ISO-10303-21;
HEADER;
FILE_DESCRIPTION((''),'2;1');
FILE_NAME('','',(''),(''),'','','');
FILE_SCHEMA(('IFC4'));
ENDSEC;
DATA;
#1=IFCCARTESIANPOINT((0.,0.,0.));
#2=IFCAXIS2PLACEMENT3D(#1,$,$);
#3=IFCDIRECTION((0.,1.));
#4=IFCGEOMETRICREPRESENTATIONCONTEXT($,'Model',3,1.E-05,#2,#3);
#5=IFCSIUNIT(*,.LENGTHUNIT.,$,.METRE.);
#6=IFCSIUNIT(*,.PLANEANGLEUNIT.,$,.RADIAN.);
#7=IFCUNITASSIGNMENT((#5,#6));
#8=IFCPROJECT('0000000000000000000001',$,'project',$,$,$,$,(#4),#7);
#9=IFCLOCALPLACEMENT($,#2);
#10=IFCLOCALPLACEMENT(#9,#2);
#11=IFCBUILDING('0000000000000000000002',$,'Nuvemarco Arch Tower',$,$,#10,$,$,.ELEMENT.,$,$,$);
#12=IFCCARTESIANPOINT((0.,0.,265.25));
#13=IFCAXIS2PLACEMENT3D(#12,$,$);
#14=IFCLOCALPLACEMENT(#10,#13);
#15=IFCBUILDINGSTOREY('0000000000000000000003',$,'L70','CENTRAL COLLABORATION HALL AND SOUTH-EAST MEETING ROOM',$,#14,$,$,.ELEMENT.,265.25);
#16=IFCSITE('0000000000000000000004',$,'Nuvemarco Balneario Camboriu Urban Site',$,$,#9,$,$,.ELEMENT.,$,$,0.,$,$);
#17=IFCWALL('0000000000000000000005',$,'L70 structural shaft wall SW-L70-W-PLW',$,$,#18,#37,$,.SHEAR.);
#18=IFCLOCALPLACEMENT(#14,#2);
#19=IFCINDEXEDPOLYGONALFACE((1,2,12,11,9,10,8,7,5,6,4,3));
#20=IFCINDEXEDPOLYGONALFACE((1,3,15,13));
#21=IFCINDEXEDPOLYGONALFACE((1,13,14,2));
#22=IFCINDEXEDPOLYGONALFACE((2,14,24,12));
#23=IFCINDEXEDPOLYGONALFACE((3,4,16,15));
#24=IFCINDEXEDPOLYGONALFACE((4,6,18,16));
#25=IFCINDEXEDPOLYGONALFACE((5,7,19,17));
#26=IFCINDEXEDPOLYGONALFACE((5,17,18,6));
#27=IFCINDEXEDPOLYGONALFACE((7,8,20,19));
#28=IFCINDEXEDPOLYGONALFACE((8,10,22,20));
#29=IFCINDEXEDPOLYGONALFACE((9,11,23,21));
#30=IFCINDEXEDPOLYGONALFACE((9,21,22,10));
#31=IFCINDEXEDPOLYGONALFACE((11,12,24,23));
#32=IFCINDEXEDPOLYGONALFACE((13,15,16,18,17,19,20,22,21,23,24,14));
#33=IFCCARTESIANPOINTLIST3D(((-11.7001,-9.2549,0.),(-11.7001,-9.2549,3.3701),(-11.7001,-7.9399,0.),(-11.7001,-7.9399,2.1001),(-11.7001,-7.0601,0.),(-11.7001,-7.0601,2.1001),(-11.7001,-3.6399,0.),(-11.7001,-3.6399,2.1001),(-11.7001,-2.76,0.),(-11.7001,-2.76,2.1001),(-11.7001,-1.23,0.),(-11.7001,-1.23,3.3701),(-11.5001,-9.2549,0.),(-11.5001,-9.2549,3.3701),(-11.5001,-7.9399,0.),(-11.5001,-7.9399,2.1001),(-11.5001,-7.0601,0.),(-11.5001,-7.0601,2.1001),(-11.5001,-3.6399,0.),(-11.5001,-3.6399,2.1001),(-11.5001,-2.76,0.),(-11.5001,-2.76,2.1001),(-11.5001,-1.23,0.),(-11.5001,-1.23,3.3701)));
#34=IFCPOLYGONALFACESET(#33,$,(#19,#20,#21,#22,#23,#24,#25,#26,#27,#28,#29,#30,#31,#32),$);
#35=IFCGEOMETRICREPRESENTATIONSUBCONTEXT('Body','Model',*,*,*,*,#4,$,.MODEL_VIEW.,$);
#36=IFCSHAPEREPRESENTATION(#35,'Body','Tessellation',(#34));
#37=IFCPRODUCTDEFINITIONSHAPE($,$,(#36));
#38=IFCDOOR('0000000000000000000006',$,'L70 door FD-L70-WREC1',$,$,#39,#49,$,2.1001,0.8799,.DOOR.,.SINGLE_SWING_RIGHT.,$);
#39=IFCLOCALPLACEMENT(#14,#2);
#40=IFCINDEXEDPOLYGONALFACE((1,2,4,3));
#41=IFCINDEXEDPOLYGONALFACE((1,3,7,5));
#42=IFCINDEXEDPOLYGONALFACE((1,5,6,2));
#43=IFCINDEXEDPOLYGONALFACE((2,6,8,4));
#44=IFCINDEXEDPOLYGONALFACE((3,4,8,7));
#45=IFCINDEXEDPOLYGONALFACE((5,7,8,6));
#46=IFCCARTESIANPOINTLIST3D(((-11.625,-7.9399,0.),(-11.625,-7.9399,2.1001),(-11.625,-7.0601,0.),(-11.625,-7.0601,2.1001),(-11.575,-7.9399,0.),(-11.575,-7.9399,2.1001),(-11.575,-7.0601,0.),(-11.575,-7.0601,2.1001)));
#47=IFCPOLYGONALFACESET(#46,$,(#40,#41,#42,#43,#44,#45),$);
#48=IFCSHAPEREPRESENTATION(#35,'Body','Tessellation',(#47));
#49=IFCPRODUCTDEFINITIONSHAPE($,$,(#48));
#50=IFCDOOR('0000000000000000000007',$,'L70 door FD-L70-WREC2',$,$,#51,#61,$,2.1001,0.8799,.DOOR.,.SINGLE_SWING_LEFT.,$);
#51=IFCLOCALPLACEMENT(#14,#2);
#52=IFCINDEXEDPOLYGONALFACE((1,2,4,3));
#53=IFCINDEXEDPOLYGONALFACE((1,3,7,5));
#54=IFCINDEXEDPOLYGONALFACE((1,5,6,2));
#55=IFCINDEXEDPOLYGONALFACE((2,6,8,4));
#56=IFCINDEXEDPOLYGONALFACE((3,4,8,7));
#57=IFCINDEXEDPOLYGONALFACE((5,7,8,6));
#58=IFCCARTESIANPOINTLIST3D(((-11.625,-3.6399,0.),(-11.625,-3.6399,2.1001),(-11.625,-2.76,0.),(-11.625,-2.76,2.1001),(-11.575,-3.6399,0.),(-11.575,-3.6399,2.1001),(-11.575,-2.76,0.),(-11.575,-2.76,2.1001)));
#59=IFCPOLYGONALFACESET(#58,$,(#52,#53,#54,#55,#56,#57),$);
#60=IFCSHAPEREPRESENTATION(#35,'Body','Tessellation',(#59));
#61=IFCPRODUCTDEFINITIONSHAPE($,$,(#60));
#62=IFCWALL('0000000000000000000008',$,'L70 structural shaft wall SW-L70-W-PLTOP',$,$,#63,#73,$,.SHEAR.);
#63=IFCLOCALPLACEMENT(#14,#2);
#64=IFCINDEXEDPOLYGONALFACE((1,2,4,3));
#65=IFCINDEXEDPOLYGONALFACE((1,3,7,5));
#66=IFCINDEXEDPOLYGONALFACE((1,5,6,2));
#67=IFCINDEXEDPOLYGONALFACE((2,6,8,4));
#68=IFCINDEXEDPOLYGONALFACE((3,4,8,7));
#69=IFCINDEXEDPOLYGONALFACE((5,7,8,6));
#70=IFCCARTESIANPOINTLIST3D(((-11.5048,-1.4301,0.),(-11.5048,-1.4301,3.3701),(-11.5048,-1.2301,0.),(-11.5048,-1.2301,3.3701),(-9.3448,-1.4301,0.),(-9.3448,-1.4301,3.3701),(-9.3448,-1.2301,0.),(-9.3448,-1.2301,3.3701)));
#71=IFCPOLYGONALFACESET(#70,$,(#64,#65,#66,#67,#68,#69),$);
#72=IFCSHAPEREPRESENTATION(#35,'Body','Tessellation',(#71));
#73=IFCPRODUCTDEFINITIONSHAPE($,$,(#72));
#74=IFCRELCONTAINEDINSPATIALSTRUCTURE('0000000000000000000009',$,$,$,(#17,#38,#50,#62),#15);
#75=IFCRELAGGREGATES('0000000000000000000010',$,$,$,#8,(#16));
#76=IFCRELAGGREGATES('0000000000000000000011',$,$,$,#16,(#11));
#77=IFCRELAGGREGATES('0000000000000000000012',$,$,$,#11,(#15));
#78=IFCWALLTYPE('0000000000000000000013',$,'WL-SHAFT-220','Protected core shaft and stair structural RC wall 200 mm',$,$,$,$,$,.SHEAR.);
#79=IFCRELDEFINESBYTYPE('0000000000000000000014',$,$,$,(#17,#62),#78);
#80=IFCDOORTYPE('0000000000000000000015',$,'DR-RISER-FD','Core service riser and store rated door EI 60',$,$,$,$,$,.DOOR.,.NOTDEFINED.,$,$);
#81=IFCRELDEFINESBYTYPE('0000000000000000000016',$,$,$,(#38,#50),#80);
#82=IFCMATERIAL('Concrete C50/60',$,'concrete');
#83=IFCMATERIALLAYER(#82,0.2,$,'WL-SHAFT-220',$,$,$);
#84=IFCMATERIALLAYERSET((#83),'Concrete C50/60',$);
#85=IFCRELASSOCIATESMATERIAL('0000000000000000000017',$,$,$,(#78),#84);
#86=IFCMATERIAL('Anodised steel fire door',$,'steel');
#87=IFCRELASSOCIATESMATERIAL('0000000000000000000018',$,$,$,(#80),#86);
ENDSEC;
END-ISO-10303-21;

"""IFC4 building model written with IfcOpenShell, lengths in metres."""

from ifc_helpers import new_model, si_unit, direction, frame, frame_2d, origin, place, context, subcontext, project, spatial, rectangle, extrude, source, transform, mapped, material, layer, layer_set, type_object, type_shapes, element, fill, save


model = new_model("IFC4")

# Units and contexts
model_context = context("Model", 3, precision=1e-05, world=origin(), true_north=direction((0.0, 1.0)))
body_context = subcontext(model_context, "Body", "Model", "MODEL_VIEW")
ifc_project = project(units=[si_unit("LENGTHUNIT", "METRE"), si_unit("PLANEANGLEUNIT", "RADIAN")], contexts=[model_context])

# Site, building, storey
site_placement = place(None, origin())
site = spatial("IfcSite", under=ifc_project, at=site_placement, Name="Nuvemarco Balneario Camboriu Urban Site", CompositionType="ELEMENT", RefElevation=0.0)
building_placement = place(site_placement, origin())
building = spatial("IfcBuilding", under=site, at=building_placement, Name="Nuvemarco Arch Tower", CompositionType="ELEMENT")
storey_placement = place(building_placement, frame((0.0, 0.0, 265.25)))
storey = spatial("IfcBuildingStorey", under=building, at=storey_placement, Name="L70", Description="CENTRAL COLLABORATION HALL AND SOUTH-EAST MEETING ROOM", CompositionType="ELEMENT", Elevation=265.25)

# Shared definitions
ifc_material_1 = material(Name="Concrete C50/60", Category="concrete")

# Shared definitions
ifc_material_2 = material(Name="Anodised steel fire door", Category="steel")

# Shared definitions
ifc_layer_1 = layer(ifc_material_1, 0.2, Name="WL-SHAFT-220")
ifc_layer_set_1 = layer_set([ifc_layer_1], Name="Concrete C50/60")
wall_type_1 = type_object("IfcWallType", Name="WL-SHAFT-220", Description="Protected core shaft and stair structural RC wall 200 mm", PredefinedType="SHEAR", material=ifc_layer_set_1)

# Shared definitions
door_type_1 = type_object("IfcDoorType", Name="DR-RISER-FD", Description="Core service riser and store rated door EI 60", OperationType="NOTDEFINED", PredefinedType="DOOR", material=ifc_material_2)
shared_shape_1 = source(origin(), body_context, "Body", "SweptSolid", [
    extrude(rectangle(XDim=0.8799, YDim=2.1001, at=frame_2d((0.4399, 1.05))), frame((0.0, 0.0249, 0.0), z_axis=(0.0, -1.0, 0.0), x_axis=(1.0, 0.0, 0.0)), (0.0, 0.0, 1.0), 0.05),
])
type_shapes(door_type_1, [shared_shape_1])

# Wall, openings, doors
wall_1_placement = place(storey_placement, frame((-11.6001, -9.2549, 0.0), z_axis=(0.0, 0.0, 1.0), x_axis=(0.0, 1.0, 0.0)))
wall_1 = element("IfcWall", 1, at=wall_1_placement, inside=storey, type_object=wall_type_1, Name="L70 structural shaft wall SW-L70-W-PLW", PredefinedType="SHEAR", context=body_context, shape_type="SweptSolid", body=[
    extrude(rectangle(XDim=8.0249, YDim=0.2, at=frame_2d((4.0125, 0.0))), origin(), (0.0, 0.0, 1.0), 3.3701),
])
opening_1_placement = place(wall_1_placement, frame((1.3149, 0.0, 0.0)))
opening_1 = element("IfcOpeningElement", 2, at=opening_1_placement, cuts=wall_1, PredefinedType="OPENING", context=body_context, shape_type="SweptSolid", body=[
    extrude(rectangle(XDim=0.8799, YDim=2.1001, at=frame_2d((0.4399, 1.05))), frame((0.0, 0.1099, 0.0), z_axis=(0.0, -1.0, 0.0), x_axis=(1.0, 0.0, 0.0)), (0.0, 0.0, 1.0), 0.22),
])
opening_2_placement = place(wall_1_placement, frame((5.615, 0.0, 0.0)))
opening_2 = element("IfcOpeningElement", 3, at=opening_2_placement, cuts=wall_1, PredefinedType="OPENING", context=body_context, shape_type="SweptSolid", body=[
    extrude(rectangle(XDim=0.8799, YDim=2.1001, at=frame_2d((0.4399, 1.05))), frame((0.0, 0.1099, 0.0), z_axis=(0.0, -1.0, 0.0), x_axis=(1.0, 0.0, 0.0)), (0.0, 0.0, 1.0), 0.22),
])
door_1_placement = place(opening_1_placement, origin())
door_1 = element("IfcDoor", 4, at=door_1_placement, inside=storey, type_object=door_type_1, Name="L70 door FD-L70-WREC1", OperationType="SINGLE_SWING_RIGHT", OverallHeight=2.1001, OverallWidth=0.8799, PredefinedType="DOOR", context=body_context, shape_type="MappedRepresentation", body=[
    mapped(shared_shape_1, transform((0.0, 0.0, 0.0), scale=1.0)),
])
fill(opening_1, door_1)
door_2_placement = place(opening_2_placement, origin())
door_2 = element("IfcDoor", 5, at=door_2_placement, inside=storey, type_object=door_type_1, Name="L70 door FD-L70-WREC2", OperationType="SINGLE_SWING_LEFT", OverallHeight=2.1001, OverallWidth=0.8799, PredefinedType="DOOR", context=body_context, shape_type="MappedRepresentation", body=[
    mapped(shared_shape_1, transform((0.0, 0.0, 0.0), scale=1.0)),
])
fill(opening_2, door_2)

# Wall
wall_2_placement = place(storey_placement, frame((-11.5049, -1.3301, 0.0), z_axis=(0.0, 0.0, 1.0), x_axis=(1.0, 0.0, 0.0)))
element("IfcWall", 6, at=wall_2_placement, inside=storey, type_object=wall_type_1, Name="L70 structural shaft wall SW-L70-W-PLTOP", PredefinedType="SHEAR", context=body_context, shape_type="SweptSolid", body=[
    extrude(rectangle(XDim=2.1599, YDim=0.2, at=frame_2d((1.0801, 0.0))), origin(), (0.0, 0.0, 1.0), 3.3701),
])

save(model, "model.ifc")
